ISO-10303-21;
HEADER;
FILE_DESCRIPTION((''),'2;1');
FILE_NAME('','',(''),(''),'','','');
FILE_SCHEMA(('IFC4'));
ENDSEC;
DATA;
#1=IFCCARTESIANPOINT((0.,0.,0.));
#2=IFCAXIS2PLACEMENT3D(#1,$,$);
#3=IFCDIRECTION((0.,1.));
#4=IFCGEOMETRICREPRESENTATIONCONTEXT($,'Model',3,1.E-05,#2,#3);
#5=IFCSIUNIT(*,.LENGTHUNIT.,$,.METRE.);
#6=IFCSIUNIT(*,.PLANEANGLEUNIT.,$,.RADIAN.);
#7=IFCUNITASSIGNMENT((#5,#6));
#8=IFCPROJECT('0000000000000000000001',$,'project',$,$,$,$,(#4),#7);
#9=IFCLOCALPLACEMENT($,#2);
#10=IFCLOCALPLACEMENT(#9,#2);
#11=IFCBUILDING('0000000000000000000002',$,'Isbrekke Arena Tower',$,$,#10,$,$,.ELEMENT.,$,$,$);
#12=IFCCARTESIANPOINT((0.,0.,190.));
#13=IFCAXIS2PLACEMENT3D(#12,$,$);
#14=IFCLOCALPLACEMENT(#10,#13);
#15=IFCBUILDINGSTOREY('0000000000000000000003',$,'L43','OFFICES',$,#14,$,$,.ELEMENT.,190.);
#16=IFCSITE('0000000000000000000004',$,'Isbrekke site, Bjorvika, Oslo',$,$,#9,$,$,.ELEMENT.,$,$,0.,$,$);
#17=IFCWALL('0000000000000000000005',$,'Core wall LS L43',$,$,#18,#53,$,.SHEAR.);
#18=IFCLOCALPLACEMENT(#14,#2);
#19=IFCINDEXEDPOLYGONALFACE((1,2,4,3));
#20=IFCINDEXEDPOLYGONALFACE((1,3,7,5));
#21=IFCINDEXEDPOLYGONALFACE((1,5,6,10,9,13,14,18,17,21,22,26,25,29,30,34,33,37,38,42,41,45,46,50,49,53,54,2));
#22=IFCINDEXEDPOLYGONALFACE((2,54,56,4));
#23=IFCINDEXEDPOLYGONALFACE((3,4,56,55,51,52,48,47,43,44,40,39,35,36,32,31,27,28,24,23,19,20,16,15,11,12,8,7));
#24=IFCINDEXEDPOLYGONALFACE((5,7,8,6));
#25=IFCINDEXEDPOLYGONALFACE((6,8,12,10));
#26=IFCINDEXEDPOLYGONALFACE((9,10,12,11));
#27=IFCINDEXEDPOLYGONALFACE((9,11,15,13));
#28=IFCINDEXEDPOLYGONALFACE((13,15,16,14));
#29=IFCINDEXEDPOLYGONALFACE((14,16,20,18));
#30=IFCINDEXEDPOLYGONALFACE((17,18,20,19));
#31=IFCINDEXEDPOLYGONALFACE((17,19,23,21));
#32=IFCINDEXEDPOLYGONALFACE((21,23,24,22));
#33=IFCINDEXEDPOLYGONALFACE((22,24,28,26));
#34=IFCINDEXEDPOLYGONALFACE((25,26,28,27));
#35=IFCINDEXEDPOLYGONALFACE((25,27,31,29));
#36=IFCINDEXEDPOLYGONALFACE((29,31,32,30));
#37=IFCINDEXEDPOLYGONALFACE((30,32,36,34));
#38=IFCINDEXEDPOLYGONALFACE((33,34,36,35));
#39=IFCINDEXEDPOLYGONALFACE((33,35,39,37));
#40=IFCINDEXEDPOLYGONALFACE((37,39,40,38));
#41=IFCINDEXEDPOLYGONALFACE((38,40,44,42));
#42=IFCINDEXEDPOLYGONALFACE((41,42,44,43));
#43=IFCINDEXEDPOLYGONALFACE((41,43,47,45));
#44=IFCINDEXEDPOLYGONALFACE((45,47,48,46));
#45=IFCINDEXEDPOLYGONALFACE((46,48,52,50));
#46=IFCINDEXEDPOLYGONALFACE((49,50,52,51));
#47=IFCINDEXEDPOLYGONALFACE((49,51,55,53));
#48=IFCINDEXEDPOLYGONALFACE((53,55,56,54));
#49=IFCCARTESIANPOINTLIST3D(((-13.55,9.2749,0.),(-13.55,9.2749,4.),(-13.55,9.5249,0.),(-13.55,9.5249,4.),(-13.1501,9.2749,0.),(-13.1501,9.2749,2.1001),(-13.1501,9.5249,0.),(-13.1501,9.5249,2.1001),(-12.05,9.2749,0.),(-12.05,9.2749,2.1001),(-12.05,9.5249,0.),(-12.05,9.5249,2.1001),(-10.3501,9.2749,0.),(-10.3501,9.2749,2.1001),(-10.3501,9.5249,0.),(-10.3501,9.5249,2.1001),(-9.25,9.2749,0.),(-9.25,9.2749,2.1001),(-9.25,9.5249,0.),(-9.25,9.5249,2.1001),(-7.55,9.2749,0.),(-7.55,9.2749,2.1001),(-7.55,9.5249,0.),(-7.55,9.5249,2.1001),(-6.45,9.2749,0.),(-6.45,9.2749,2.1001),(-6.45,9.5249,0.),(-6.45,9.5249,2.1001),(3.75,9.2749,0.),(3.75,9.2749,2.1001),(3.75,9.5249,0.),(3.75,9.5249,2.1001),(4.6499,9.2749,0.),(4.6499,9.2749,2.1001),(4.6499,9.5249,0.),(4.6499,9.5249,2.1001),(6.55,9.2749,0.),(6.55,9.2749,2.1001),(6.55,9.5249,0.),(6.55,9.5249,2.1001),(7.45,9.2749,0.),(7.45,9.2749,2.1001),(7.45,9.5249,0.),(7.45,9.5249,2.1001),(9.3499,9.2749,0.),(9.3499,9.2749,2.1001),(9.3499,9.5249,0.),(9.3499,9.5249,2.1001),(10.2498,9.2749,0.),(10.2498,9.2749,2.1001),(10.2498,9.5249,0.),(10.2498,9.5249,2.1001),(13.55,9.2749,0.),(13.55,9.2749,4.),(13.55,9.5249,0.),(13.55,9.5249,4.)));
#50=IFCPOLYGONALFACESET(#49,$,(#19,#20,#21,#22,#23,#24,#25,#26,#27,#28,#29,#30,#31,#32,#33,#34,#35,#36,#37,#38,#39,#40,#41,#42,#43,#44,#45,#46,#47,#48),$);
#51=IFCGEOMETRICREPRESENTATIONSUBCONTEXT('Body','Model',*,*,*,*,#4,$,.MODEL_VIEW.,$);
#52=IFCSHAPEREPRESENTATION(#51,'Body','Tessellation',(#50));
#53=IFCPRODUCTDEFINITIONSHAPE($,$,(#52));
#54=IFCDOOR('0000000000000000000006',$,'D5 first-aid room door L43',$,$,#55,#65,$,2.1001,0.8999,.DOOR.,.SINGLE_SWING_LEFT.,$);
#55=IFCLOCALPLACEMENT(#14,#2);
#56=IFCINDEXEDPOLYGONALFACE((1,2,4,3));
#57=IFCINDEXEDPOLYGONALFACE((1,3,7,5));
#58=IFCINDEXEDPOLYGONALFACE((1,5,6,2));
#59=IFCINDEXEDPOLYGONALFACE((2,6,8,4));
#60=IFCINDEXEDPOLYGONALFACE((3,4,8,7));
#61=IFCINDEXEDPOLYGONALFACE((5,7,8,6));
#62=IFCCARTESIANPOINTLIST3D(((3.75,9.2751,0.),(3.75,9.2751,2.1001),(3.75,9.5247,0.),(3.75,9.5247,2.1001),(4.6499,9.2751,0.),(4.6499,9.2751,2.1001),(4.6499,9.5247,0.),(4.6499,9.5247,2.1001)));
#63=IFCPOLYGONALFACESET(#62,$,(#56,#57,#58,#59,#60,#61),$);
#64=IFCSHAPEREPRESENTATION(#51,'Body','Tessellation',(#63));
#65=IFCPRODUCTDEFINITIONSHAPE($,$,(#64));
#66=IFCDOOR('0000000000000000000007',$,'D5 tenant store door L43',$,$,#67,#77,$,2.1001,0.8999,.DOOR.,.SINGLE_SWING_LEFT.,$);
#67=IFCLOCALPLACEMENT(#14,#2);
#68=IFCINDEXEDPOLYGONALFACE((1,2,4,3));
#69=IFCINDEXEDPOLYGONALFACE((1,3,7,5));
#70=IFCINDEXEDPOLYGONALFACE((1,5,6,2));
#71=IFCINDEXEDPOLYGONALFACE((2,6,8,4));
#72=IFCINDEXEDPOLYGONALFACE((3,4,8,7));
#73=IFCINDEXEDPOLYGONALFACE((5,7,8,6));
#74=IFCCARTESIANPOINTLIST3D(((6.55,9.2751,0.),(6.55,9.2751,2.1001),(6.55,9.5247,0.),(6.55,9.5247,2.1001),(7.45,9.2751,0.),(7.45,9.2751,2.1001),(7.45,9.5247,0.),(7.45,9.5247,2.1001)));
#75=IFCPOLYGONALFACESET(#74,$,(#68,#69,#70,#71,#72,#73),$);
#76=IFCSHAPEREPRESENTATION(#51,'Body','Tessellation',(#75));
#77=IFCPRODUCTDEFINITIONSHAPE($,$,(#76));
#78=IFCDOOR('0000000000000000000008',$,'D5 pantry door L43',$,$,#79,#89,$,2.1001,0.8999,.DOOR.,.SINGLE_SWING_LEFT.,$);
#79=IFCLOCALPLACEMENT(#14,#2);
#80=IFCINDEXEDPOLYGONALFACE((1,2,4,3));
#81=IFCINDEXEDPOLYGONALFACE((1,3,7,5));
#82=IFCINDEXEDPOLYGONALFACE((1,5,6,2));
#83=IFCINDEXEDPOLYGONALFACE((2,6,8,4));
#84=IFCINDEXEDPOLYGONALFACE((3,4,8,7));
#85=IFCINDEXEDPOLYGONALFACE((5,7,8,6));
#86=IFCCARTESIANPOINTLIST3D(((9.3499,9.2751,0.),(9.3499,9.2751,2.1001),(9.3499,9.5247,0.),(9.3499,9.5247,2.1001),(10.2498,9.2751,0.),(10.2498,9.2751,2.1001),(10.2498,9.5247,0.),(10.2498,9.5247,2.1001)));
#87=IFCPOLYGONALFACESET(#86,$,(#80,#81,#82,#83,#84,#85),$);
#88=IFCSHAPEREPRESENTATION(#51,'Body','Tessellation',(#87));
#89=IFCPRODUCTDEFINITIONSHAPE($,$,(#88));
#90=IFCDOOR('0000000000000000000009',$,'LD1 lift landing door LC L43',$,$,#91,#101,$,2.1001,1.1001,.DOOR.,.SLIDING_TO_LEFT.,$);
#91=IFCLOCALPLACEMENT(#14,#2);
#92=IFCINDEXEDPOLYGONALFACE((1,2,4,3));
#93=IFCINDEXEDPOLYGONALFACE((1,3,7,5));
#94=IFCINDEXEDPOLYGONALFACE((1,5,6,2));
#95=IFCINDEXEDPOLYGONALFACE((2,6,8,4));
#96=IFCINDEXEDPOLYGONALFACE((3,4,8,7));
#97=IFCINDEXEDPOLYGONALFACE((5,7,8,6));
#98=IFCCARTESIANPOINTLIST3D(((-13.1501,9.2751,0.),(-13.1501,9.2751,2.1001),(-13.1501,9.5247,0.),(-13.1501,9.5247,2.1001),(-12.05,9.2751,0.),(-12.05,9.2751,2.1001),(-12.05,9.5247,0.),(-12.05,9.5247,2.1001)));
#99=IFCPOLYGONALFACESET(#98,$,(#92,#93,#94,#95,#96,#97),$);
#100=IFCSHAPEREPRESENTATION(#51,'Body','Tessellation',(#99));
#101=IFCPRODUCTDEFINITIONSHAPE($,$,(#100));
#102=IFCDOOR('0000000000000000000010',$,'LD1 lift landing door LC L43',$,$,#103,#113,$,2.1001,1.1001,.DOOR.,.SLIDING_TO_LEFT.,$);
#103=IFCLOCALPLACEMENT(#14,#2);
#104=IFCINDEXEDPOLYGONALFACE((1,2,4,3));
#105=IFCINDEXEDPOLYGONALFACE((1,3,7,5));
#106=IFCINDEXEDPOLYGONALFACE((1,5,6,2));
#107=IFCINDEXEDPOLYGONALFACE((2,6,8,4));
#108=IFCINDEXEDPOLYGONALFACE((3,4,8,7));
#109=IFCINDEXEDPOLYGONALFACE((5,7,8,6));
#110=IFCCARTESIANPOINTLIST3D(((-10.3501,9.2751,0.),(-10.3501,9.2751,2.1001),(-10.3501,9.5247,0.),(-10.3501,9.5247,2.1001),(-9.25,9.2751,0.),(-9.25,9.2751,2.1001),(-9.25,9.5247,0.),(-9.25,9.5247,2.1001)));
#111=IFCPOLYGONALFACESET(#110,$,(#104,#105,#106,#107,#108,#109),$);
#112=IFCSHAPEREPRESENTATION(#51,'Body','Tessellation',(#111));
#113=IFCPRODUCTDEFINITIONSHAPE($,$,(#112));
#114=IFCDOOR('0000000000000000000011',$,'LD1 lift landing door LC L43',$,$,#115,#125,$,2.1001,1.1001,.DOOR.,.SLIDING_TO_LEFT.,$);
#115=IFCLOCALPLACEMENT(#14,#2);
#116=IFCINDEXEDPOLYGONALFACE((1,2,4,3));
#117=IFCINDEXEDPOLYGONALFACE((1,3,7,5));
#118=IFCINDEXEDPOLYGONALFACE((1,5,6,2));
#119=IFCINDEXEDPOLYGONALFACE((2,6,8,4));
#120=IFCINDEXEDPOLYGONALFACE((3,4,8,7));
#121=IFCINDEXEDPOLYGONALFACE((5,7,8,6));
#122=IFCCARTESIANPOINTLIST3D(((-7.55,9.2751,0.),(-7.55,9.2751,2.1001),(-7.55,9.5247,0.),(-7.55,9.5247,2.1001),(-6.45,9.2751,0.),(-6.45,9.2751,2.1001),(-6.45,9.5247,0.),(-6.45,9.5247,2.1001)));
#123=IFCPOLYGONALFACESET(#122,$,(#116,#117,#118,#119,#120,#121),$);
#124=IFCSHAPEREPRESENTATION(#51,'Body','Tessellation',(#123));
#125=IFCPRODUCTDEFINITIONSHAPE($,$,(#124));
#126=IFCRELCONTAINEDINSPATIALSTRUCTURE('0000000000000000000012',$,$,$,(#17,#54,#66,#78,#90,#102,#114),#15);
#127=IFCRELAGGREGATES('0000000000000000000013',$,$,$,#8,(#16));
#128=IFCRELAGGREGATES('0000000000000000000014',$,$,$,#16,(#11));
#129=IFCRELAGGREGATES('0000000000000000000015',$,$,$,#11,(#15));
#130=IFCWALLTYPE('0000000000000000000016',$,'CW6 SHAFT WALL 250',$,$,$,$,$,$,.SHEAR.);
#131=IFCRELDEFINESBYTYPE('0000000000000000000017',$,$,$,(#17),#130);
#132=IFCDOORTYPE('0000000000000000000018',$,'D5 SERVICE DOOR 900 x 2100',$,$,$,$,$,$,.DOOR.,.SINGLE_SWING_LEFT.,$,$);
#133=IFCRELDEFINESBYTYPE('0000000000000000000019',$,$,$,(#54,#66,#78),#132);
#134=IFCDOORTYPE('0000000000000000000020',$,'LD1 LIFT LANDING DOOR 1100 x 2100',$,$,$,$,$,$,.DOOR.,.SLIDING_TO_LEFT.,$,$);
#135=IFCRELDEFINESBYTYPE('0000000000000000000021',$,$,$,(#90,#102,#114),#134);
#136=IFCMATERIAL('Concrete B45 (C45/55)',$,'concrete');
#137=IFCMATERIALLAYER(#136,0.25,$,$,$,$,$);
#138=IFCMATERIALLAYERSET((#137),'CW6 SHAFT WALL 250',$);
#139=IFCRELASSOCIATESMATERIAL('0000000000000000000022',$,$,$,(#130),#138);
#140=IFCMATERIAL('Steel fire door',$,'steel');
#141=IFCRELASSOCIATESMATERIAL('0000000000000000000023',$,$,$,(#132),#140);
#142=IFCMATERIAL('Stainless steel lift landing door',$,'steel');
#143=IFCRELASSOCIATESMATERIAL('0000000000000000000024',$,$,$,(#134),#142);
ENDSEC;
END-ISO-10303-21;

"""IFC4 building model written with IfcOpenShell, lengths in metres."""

from ifc_helpers import new_model, si_unit, direction, frame, frame_2d, origin, place, context, subcontext, project, spatial, rectangle, extrude, material, layer, layer_set, type_object, element, fill, save


model = new_model("IFC4")

# Units and contexts
model_context = context("Model", 3, precision=1e-05, world=origin(), true_north=direction((0.0, 1.0)))
body_context = subcontext(model_context, "Body", "Model", "MODEL_VIEW")
ifc_project = project(units=[si_unit("LENGTHUNIT", "METRE"), si_unit("PLANEANGLEUNIT", "RADIAN")], contexts=[model_context])

# Site, building, storey
site_placement = place(None, origin())
site = spatial("IfcSite", under=ifc_project, at=site_placement, Name="Isbrekke site, Bjorvika, Oslo", CompositionType="ELEMENT", RefElevation=0.0)
building_placement = place(site_placement, origin())
building = spatial("IfcBuilding", under=site, at=building_placement, Name="Isbrekke Arena Tower", CompositionType="ELEMENT")
storey_placement = place(building_placement, frame((0.0, 0.0, 190.0)))
storey = spatial("IfcBuildingStorey", under=building, at=storey_placement, Name="L43", Description="OFFICES", CompositionType="ELEMENT", Elevation=190.0)

# Wall, openings, doors
ifc_material_1 = material(Name="Concrete B45 (C45/55)", Category="concrete")
ifc_layer_1 = layer(ifc_material_1, 0.25)
ifc_layer_set_1 = layer_set([ifc_layer_1], Name="CW6 SHAFT WALL 250")
wall_type_1 = type_object("IfcWallType", Name="CW6 SHAFT WALL 250", PredefinedType="SHEAR", material=ifc_layer_set_1)
wall_1_placement = place(storey_placement, frame((-13.55, 9.3999, 0.0), z_axis=(0.0, 0.0, 1.0), x_axis=(1.0, 0.0, 0.0)))
wall_1 = element("IfcWall", 1, at=wall_1_placement, inside=storey, type_object=wall_type_1, Name="Core wall LS L43", PredefinedType="SHEAR", context=body_context, shape_type="SweptSolid", body=[
    extrude(rectangle(XDim=27.1001, YDim=0.25, at=frame_2d((13.55, 0.0))), origin(), (0.0, 0.0, 1.0), 4.0),
])
opening_1_placement = place(wall_1_placement, frame((0.3999, 0.0, 0.0)))
opening_1 = element("IfcOpeningElement", 2, at=opening_1_placement, cuts=wall_1, PredefinedType="OPENING", context=body_context, shape_type="SweptSolid", body=[
    extrude(rectangle(XDim=1.1001, YDim=2.1001, at=frame_2d((0.55, 1.05))), frame((0.0, 0.1399, 0.0), z_axis=(0.0, -1.0, 0.0), x_axis=(1.0, 0.0, 0.0)), (0.0, 0.0, 1.0), 0.2798),
])
opening_2_placement = place(wall_1_placement, frame((3.2, 0.0, 0.0)))
opening_2 = element("IfcOpeningElement", 3, at=opening_2_placement, cuts=wall_1, PredefinedType="OPENING", context=body_context, shape_type="SweptSolid", body=[
    extrude(rectangle(XDim=1.1001, YDim=2.1001, at=frame_2d((0.55, 1.05))), frame((0.0, 0.1399, 0.0), z_axis=(0.0, -1.0, 0.0), x_axis=(1.0, 0.0, 0.0)), (0.0, 0.0, 1.0), 0.2798),
])
opening_3_placement = place(wall_1_placement, frame((6.0, 0.0, 0.0)))
opening_3 = element("IfcOpeningElement", 4, at=opening_3_placement, cuts=wall_1, PredefinedType="OPENING", context=body_context, shape_type="SweptSolid", body=[
    extrude(rectangle(XDim=1.1001, YDim=2.1001, at=frame_2d((0.55, 1.05))), frame((0.0, 0.1399, 0.0), z_axis=(0.0, -1.0, 0.0), x_axis=(1.0, 0.0, 0.0)), (0.0, 0.0, 1.0), 0.2798),
])
opening_4_placement = place(wall_1_placement, frame((17.3, 0.0, 0.0)))
opening_4 = element("IfcOpeningElement", 5, at=opening_4_placement, cuts=wall_1, PredefinedType="OPENING", context=body_context, shape_type="SweptSolid", body=[
    extrude(rectangle(XDim=0.8999, YDim=2.1001, at=frame_2d((0.45, 1.05))), frame((0.0, 0.1399, 0.0), z_axis=(0.0, -1.0, 0.0), x_axis=(1.0, 0.0, 0.0)), (0.0, 0.0, 1.0), 0.2798),
])
opening_5_placement = place(wall_1_placement, frame((20.1001, 0.0, 0.0)))
opening_5 = element("IfcOpeningElement", 6, at=opening_5_placement, cuts=wall_1, PredefinedType="OPENING", context=body_context, shape_type="SweptSolid", body=[
    extrude(rectangle(XDim=0.8999, YDim=2.1001, at=frame_2d((0.45, 1.05))), frame((0.0, 0.1399, 0.0), z_axis=(0.0, -1.0, 0.0), x_axis=(1.0, 0.0, 0.0)), (0.0, 0.0, 1.0), 0.2798),
])
opening_6_placement = place(wall_1_placement, frame((22.8999, 0.0, 0.0)))
opening_6 = element("IfcOpeningElement", 7, at=opening_6_placement, cuts=wall_1, PredefinedType="OPENING", context=body_context, shape_type="SweptSolid", body=[
    extrude(rectangle(XDim=0.8999, YDim=2.1001, at=frame_2d((0.45, 1.05))), frame((0.0, 0.1399, 0.0), z_axis=(0.0, -1.0, 0.0), x_axis=(1.0, 0.0, 0.0)), (0.0, 0.0, 1.0), 0.2798),
])
ifc_material_2 = material(Name="Steel fire door", Category="steel")
door_type_1 = type_object("IfcDoorType", Name="D5 SERVICE DOOR 900 x 2100", OperationType="SINGLE_SWING_LEFT", PredefinedType="DOOR", material=ifc_material_2)
door_1_placement = place(opening_4_placement, origin())
door_1 = element("IfcDoor", 8, at=door_1_placement, inside=storey, type_object=door_type_1, Name="D5 first-aid room door L43", OperationType="SINGLE_SWING_LEFT", OverallHeight=2.1001, OverallWidth=0.8999, PredefinedType="DOOR", context=body_context, shape_type="SweptSolid", body=[
    extrude(rectangle(XDim=0.8999, YDim=2.1001, at=frame_2d((0.45, 1.05))), frame((0.0, 0.1248, 0.0), z_axis=(0.0, -1.0, 0.0), x_axis=(1.0, 0.0, 0.0)), (0.0, 0.0, 1.0), 0.2495),
])
fill(opening_4, door_1)
door_2_placement = place(opening_5_placement, origin())
door_2 = element("IfcDoor", 9, at=door_2_placement, inside=storey, type_object=door_type_1, Name="D5 tenant store door L43", OperationType="SINGLE_SWING_LEFT", OverallHeight=2.1001, OverallWidth=0.8999, PredefinedType="DOOR", context=body_context, shape_type="SweptSolid", body=[
    extrude(rectangle(XDim=0.8999, YDim=2.1001, at=frame_2d((0.45, 1.05))), frame((0.0, 0.1248, 0.0), z_axis=(0.0, -1.0, 0.0), x_axis=(1.0, 0.0, 0.0)), (0.0, 0.0, 1.0), 0.2495),
])
fill(opening_5, door_2)
door_3_placement = place(opening_6_placement, origin())
door_3 = element("IfcDoor", 10, at=door_3_placement, inside=storey, type_object=door_type_1, Name="D5 pantry door L43", OperationType="SINGLE_SWING_LEFT", OverallHeight=2.1001, OverallWidth=0.8999, PredefinedType="DOOR", context=body_context, shape_type="SweptSolid", body=[
    extrude(rectangle(XDim=0.8999, YDim=2.1001, at=frame_2d((0.45, 1.05))), frame((0.0, 0.1248, 0.0), z_axis=(0.0, -1.0, 0.0), x_axis=(1.0, 0.0, 0.0)), (0.0, 0.0, 1.0), 0.2495),
])
fill(opening_6, door_3)
ifc_material_3 = material(Name="Stainless steel lift landing door", Category="steel")
door_type_2 = type_object("IfcDoorType", Name="LD1 LIFT LANDING DOOR 1100 x 2100", OperationType="SLIDING_TO_LEFT", PredefinedType="DOOR", material=ifc_material_3)
door_4_placement = place(opening_1_placement, origin())
door_4 = element("IfcDoor", 11, at=door_4_placement, inside=storey, type_object=door_type_2, Name="LD1 lift landing door LC L43", OperationType="SLIDING_TO_LEFT", OverallHeight=2.1001, OverallWidth=1.1001, PredefinedType="DOOR", context=body_context, shape_type="SweptSolid", body=[
    extrude(rectangle(XDim=1.1001, YDim=2.1001, at=frame_2d((0.55, 1.05))), frame((0.0, 0.1248, 0.0), z_axis=(0.0, -1.0, 0.0), x_axis=(1.0, 0.0, 0.0)), (0.0, 0.0, 1.0), 0.2495),
])
fill(opening_1, door_4)
door_5_placement = place(opening_2_placement, origin())
door_5 = element("IfcDoor", 12, at=door_5_placement, inside=storey, type_object=door_type_2, Name="LD1 lift landing door LC L43", OperationType="SLIDING_TO_LEFT", OverallHeight=2.1001, OverallWidth=1.1001, PredefinedType="DOOR", context=body_context, shape_type="SweptSolid", body=[
    extrude(rectangle(XDim=1.1001, YDim=2.1001, at=frame_2d((0.55, 1.05))), frame((0.0, 0.1248, 0.0), z_axis=(0.0, -1.0, 0.0), x_axis=(1.0, 0.0, 0.0)), (0.0, 0.0, 1.0), 0.2495),
])
fill(opening_2, door_5)
door_6_placement = place(opening_3_placement, origin())
door_6 = element("IfcDoor", 13, at=door_6_placement, inside=storey, type_object=door_type_2, Name="LD1 lift landing door LC L43", OperationType="SLIDING_TO_LEFT", OverallHeight=2.1001, OverallWidth=1.1001, PredefinedType="DOOR", context=body_context, shape_type="SweptSolid", body=[
    extrude(rectangle(XDim=1.1001, YDim=2.1001, at=frame_2d((0.55, 1.05))), frame((0.0, 0.1248, 0.0), z_axis=(0.0, -1.0, 0.0), x_axis=(1.0, 0.0, 0.0)), (0.0, 0.0, 1.0), 0.2495),
])
fill(opening_3, door_6)

save(model, "model.ifc")
